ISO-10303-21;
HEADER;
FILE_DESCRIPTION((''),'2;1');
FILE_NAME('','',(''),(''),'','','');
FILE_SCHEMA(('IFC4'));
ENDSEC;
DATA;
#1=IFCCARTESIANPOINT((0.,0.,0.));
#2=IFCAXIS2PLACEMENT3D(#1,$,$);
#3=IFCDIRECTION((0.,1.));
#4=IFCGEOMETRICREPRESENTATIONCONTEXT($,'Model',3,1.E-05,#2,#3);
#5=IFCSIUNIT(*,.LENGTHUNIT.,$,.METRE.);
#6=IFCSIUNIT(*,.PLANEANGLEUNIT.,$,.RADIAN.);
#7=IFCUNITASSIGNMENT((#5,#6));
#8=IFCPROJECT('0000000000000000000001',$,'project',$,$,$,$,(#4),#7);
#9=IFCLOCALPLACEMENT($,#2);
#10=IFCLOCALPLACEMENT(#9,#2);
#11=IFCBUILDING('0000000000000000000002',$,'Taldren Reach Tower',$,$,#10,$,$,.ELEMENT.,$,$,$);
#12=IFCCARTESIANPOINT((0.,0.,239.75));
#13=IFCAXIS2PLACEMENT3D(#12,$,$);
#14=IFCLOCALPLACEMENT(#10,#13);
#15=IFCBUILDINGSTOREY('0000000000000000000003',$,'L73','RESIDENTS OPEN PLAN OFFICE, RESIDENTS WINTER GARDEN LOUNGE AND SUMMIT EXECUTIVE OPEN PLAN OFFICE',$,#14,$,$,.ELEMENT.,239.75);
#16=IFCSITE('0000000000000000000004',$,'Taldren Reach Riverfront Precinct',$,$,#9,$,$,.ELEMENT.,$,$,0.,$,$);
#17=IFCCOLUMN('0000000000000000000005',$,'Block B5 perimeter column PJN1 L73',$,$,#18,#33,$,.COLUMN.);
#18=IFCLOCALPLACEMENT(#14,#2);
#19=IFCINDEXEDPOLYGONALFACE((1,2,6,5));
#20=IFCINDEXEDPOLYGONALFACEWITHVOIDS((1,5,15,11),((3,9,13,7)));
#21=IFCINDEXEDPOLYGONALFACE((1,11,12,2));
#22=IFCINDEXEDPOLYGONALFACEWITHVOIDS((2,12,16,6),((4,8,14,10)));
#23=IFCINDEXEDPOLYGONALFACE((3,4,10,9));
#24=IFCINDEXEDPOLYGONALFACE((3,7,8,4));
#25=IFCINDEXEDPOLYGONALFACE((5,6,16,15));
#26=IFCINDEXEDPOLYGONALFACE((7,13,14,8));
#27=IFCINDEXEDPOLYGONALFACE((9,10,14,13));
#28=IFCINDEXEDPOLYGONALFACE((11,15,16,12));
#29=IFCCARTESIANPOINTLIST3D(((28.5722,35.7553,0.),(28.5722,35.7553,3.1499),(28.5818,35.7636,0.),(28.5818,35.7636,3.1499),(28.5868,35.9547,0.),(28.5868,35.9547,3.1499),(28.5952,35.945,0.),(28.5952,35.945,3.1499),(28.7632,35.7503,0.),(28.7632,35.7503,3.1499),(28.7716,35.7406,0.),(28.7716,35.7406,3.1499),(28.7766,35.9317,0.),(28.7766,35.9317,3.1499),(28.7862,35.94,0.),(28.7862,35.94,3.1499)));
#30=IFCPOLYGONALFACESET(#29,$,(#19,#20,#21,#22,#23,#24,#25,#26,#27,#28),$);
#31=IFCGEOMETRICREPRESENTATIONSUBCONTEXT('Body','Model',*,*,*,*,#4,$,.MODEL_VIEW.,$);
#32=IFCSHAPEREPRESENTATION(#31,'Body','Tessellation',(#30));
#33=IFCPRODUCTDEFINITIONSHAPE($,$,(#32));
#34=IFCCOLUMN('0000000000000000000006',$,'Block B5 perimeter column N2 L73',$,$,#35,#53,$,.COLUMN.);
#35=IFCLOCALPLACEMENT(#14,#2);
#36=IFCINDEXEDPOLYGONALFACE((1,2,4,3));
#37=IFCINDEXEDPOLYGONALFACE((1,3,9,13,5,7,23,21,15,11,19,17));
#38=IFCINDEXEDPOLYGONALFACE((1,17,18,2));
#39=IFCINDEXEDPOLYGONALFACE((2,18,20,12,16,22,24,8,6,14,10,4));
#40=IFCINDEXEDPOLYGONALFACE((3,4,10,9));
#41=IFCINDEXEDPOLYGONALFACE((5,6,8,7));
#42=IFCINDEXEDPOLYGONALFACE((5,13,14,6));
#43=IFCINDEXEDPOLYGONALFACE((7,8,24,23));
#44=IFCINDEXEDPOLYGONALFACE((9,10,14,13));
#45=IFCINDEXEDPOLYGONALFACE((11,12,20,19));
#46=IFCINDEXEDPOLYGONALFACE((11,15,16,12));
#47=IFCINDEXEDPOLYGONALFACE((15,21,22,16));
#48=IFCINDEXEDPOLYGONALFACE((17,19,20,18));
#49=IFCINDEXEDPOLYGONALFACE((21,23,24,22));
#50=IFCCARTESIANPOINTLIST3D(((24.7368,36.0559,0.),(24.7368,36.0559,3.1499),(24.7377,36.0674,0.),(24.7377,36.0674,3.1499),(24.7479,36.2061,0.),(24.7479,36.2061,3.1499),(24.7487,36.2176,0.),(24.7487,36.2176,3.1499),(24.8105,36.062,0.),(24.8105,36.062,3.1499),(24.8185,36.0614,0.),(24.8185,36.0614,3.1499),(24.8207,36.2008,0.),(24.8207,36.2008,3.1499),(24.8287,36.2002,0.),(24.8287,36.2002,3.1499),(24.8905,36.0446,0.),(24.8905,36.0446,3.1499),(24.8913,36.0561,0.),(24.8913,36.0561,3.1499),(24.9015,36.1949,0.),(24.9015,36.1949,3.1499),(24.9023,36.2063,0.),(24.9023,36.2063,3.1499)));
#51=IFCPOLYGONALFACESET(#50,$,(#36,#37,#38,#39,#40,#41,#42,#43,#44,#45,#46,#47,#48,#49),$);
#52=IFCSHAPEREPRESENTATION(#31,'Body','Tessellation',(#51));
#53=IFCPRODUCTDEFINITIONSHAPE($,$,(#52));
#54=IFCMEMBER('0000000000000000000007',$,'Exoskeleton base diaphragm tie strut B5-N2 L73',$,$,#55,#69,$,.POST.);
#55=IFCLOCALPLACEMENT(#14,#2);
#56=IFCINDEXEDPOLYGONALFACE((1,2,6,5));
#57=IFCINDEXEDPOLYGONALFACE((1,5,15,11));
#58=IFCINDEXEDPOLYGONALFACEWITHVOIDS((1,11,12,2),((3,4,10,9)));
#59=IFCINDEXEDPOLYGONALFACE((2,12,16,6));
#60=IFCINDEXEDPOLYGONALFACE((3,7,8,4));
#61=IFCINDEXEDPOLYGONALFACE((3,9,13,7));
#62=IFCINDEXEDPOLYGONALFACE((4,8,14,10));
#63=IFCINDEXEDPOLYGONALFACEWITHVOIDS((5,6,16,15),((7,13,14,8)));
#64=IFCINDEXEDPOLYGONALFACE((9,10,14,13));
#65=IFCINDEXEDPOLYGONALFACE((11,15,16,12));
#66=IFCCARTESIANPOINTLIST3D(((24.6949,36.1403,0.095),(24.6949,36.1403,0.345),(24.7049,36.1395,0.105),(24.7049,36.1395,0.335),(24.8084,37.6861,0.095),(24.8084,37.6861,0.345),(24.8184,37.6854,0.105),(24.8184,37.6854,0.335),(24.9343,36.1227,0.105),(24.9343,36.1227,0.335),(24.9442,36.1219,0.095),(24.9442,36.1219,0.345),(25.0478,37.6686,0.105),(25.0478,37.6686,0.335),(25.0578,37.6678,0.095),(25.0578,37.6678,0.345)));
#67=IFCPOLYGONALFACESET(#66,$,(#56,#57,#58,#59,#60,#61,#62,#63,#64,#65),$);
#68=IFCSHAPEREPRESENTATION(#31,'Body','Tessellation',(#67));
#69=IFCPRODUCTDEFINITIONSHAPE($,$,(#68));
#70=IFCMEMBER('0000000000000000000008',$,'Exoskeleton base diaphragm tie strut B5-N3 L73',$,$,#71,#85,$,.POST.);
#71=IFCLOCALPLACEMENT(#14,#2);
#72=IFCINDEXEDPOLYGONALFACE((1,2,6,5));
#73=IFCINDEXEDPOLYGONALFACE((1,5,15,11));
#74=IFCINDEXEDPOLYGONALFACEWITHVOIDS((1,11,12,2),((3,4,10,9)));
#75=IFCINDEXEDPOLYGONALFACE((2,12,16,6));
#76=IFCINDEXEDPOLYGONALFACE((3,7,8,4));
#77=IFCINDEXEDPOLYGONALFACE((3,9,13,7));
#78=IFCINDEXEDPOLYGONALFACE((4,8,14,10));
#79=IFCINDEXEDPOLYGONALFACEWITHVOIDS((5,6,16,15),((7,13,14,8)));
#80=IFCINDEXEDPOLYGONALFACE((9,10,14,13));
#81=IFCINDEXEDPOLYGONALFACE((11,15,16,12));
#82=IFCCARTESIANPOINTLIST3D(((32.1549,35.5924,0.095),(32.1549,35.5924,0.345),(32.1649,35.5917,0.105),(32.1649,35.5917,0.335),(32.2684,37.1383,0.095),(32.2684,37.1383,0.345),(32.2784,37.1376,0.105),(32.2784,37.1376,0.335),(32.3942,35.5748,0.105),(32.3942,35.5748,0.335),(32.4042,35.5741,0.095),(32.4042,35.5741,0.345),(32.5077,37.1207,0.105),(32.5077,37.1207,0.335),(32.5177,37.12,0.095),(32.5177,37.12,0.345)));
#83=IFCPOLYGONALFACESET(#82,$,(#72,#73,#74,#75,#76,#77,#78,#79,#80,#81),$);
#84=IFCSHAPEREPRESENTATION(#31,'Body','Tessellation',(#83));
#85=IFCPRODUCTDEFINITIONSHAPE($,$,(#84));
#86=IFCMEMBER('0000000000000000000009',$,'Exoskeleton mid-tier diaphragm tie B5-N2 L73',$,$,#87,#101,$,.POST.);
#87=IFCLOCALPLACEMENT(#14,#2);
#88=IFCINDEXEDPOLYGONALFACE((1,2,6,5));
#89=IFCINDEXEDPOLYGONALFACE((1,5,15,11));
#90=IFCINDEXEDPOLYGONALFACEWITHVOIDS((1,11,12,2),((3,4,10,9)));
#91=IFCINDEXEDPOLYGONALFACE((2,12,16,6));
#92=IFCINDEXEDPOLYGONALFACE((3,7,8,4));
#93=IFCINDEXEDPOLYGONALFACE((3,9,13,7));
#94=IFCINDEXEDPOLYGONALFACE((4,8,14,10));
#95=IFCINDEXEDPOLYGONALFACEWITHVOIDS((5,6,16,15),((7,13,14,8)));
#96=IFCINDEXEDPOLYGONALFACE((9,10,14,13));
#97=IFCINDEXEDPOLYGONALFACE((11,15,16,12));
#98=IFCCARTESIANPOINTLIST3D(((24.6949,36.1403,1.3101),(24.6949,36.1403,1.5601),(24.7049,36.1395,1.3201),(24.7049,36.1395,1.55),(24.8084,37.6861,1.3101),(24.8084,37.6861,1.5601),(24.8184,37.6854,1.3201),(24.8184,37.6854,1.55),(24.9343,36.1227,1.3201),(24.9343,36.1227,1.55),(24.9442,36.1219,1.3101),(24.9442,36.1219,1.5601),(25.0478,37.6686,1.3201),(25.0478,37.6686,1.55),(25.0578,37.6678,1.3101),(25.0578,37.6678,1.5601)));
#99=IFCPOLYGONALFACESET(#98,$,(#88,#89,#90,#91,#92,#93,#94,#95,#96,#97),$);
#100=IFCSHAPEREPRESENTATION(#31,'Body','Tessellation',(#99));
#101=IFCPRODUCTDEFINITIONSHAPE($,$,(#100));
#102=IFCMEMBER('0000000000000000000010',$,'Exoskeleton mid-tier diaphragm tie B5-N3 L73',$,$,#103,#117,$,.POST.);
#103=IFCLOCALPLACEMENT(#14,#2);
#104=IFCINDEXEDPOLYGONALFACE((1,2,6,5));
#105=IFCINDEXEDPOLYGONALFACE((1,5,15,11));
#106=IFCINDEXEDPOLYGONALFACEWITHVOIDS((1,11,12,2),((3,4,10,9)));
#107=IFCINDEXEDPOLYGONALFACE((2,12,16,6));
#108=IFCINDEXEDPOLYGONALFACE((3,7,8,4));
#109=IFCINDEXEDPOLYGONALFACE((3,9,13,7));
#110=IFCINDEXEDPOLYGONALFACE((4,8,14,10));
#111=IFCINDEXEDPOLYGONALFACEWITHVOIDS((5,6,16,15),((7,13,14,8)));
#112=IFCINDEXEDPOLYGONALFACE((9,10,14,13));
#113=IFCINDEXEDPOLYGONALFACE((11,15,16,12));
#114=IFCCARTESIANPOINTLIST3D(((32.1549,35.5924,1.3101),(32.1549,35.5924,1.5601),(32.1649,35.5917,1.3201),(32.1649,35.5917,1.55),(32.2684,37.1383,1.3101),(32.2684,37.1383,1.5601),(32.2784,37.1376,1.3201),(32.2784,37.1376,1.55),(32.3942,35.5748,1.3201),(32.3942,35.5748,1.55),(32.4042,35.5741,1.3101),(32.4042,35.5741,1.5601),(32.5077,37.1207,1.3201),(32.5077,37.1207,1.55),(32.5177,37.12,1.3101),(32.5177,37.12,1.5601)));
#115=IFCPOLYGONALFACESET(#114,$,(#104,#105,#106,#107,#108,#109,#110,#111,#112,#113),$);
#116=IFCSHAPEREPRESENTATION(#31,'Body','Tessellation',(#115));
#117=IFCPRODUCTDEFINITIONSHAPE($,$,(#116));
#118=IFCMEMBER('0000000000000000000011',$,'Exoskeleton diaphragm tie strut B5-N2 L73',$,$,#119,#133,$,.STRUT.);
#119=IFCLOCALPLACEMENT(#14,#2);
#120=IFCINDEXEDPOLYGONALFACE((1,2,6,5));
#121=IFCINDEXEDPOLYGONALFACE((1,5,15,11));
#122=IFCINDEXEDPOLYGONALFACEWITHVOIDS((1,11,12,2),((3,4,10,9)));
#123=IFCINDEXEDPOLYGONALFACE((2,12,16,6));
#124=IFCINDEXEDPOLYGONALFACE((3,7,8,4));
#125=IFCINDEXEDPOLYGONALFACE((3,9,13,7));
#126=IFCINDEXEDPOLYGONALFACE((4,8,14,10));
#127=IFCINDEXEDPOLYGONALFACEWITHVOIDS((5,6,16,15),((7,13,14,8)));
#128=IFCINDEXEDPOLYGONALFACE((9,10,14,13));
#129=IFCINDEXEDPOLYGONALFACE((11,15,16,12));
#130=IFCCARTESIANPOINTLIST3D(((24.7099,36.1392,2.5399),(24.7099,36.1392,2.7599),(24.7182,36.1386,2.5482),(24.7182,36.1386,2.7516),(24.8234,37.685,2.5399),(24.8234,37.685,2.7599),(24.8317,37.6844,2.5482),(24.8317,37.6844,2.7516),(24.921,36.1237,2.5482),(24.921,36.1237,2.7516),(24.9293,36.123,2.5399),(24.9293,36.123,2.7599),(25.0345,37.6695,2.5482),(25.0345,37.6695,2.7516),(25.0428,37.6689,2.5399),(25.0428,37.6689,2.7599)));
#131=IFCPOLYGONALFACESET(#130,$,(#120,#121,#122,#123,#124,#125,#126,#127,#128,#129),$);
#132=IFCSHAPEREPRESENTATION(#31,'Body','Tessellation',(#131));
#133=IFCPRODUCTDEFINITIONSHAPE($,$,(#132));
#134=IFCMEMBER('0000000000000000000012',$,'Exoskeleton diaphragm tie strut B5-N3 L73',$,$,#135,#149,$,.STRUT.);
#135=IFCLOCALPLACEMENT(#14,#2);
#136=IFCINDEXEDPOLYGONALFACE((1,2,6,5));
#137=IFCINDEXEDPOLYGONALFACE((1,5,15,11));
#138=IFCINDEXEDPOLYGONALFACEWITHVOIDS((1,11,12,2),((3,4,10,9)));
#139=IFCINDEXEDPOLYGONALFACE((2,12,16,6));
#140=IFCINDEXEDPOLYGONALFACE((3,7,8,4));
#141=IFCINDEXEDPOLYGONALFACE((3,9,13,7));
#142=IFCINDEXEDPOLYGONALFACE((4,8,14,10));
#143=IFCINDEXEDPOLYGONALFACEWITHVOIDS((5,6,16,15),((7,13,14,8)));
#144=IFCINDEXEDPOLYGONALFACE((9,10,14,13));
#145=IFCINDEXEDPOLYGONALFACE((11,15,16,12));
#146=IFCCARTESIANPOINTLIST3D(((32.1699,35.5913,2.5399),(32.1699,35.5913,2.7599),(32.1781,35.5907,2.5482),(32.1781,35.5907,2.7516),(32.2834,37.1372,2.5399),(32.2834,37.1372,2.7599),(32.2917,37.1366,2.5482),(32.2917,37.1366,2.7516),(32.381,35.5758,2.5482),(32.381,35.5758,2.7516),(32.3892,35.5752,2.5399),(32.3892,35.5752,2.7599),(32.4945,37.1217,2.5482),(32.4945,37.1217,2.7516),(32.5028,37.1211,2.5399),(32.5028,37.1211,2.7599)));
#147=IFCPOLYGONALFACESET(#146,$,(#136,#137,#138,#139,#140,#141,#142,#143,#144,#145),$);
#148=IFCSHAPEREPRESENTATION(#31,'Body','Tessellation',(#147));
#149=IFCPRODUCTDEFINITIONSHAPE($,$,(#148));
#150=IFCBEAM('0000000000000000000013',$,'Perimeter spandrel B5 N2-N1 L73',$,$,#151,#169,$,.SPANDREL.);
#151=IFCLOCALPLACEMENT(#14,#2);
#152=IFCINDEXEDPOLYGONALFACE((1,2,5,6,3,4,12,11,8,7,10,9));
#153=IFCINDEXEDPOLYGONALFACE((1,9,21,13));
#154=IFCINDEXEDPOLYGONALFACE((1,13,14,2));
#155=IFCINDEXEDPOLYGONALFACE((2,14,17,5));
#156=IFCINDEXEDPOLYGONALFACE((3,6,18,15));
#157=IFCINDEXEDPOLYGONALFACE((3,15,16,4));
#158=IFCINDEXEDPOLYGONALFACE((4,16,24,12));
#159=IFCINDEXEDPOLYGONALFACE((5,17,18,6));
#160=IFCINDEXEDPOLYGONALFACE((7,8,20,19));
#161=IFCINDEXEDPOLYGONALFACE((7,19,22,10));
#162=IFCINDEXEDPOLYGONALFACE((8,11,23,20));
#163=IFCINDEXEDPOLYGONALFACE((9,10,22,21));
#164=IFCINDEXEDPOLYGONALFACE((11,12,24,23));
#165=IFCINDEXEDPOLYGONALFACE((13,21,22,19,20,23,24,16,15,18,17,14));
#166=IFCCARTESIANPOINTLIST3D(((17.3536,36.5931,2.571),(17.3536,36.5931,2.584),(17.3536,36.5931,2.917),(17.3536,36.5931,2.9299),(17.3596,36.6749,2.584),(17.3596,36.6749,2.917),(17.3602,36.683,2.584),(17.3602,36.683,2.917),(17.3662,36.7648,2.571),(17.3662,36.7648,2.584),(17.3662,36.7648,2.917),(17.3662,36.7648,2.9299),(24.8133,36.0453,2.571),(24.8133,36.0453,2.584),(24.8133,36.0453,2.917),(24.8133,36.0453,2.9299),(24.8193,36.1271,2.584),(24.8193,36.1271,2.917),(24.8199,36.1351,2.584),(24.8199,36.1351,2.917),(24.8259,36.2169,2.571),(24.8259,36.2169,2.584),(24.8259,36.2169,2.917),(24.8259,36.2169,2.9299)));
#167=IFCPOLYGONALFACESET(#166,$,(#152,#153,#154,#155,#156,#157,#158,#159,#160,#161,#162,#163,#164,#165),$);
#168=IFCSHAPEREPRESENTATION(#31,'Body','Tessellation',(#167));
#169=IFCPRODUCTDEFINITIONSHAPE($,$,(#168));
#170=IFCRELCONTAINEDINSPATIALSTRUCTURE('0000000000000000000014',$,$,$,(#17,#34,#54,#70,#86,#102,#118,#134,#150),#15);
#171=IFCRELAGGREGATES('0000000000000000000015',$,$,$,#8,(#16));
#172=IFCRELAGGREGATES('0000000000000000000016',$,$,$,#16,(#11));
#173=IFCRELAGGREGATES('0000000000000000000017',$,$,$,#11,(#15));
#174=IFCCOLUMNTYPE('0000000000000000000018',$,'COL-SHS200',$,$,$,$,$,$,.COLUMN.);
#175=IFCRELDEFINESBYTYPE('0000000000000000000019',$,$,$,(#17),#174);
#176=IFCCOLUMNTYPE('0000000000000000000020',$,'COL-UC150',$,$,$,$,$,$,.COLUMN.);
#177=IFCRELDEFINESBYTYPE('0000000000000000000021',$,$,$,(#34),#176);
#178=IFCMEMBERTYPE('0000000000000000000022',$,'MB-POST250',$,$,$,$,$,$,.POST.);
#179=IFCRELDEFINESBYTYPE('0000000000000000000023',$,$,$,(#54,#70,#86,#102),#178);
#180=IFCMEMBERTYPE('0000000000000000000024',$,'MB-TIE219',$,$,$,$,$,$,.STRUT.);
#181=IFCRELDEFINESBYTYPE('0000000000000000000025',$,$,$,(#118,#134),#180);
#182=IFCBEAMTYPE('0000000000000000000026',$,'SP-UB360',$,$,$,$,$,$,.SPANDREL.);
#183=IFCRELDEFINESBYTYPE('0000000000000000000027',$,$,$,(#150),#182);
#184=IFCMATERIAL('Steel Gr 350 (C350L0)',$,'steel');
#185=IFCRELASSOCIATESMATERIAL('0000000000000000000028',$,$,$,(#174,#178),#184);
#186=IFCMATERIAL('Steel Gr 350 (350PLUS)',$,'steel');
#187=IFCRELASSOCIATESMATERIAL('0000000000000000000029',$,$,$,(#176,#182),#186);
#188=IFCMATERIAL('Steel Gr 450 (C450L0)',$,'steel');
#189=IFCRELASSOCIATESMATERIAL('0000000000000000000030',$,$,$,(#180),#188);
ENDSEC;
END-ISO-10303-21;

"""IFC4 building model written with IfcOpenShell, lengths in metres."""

from ifc_helpers import new_model, si_unit, direction, frame, origin, origin_2d, place, context, subcontext, project, spatial, hollow_rectangle, i_section, extrude, source, transform, mapped, material, material_profile, profile_set, type_object, element, save


model = new_model("IFC4")

# Units and contexts
model_context = context("Model", 3, precision=1e-05, world=origin(), true_north=direction((0.0, 1.0)))
body_context = subcontext(model_context, "Body", "Model", "MODEL_VIEW")
ifc_project = project(units=[si_unit("LENGTHUNIT", "METRE"), si_unit("PLANEANGLEUNIT", "RADIAN")], contexts=[model_context])

# Site, building, storey
site_placement = place(None, origin())
site = spatial("IfcSite", under=ifc_project, at=site_placement, Name="Taldren Reach Riverfront Precinct", CompositionType="ELEMENT", RefElevation=0.0)
building_placement = place(site_placement, origin())
building = spatial("IfcBuilding", under=site, at=building_placement, Name="Taldren Reach Tower", CompositionType="ELEMENT")
storey_placement = place(building_placement, frame((0.0, 0.0, 239.75)))
storey = spatial("IfcBuildingStorey", under=building, at=storey_placement, Name="L73", Description="RESIDENTS OPEN PLAN OFFICE, RESIDENTS WINTER GARDEN LOUNGE AND SUMMIT EXECUTIVE OPEN PLAN OFFICE", CompositionType="ELEMENT", Elevation=239.75)

# Columns
ifc_material_1 = material(Name="Steel Gr 350 (C350L0)", Category="steel")
ifc_material_profile_1 = material_profile(ifc_material_1, hollow_rectangle(XDim=0.2, YDim=0.2, WallThickness=0.009, at=origin_2d()), Name="200x200x9.0SHS")
ifc_profile_set_1 = profile_set([ifc_material_profile_1], Name="Steel Gr 350 (C350L0)")
column_type_1 = type_object("IfcColumnType", Name="COL-SHS200", PredefinedType="COLUMN", material=ifc_profile_set_1)
shared_shape_1 = source(origin(), body_context, "Body", "SweptSolid", [
    extrude(hollow_rectangle(XDim=0.2, YDim=0.2, WallThickness=0.009, at=origin_2d()), origin(), (0.0, 0.0, 1.0), 3.1499),
])
column_1_placement = place(storey_placement, frame((28.6792, 35.8477, 0.0), z_axis=(0.0, 0.0, 1.0), x_axis=(0.997314, -0.073238, 0.0)))
element("IfcColumn", 1, at=column_1_placement, inside=storey, type_object=column_type_1, Name="Block B5 perimeter column PJN1 L73", PredefinedType="COLUMN", context=body_context, shape_type="MappedRepresentation", body=[
    mapped(shared_shape_1, transform((0.0, 0.0, 0.0), scale=1.0)),
])
ifc_material_2 = material(Name="Steel Gr 350 (350PLUS)", Category="steel")
ifc_material_profile_2 = material_profile(ifc_material_2, i_section(OverallWidth=0.1541, OverallDepth=0.1621, WebThickness=0.0081, FlangeThickness=0.0115, at=origin_2d()), Name="150UC37.2")
ifc_profile_set_2 = profile_set([ifc_material_profile_2], Name="Steel Gr 350 (350PLUS)")
column_type_2 = type_object("IfcColumnType", Name="COL-UC150", PredefinedType="COLUMN", material=ifc_profile_set_2)
shared_shape_2 = source(origin(), body_context, "Body", "SweptSolid", [
    extrude(i_section(OverallWidth=0.1541, OverallDepth=0.1621, WebThickness=0.0081, FlangeThickness=0.0115, at=origin_2d()), origin(), (0.0, 0.0, 1.0), 3.1499),
])
column_2_placement = place(storey_placement, frame((24.8196, 36.1311, 0.0), z_axis=(0.0, 0.0, 1.0), x_axis=(0.997314, -0.073238, 0.0)))
element("IfcColumn", 2, at=column_2_placement, inside=storey, type_object=column_type_2, Name="Block B5 perimeter column N2 L73", PredefinedType="COLUMN", context=body_context, shape_type="MappedRepresentation", body=[
    mapped(shared_shape_2, transform((0.0, 0.0, 0.0), scale=1.0)),
])

# Members
ifc_material_profile_3 = material_profile(ifc_material_1, hollow_rectangle(XDim=0.25, YDim=0.25, WallThickness=0.01, at=origin_2d()), Name="250x250x10.0SHS")
ifc_profile_set_3 = profile_set([ifc_material_profile_3], Name="Steel Gr 350 (C350L0)")
member_type_1 = type_object("IfcMemberType", Name="MB-POST250", PredefinedType="POST", material=ifc_profile_set_3)
shared_shape_3 = source(origin(), body_context, "Body", "SweptSolid", [
    extrude(hollow_rectangle(XDim=0.25, YDim=0.25, WallThickness=0.01, at=origin_2d()), origin(), (0.0, 0.0, 1.0), 1.55),
])
for number, where, z_axis, x_axis, name in (
    (3, (24.8196, 36.1311, 0.22), (0.073239, 0.997314, 0.0), (-0.997314, 0.073239, 0.0), "Exoskeleton base diaphragm tie strut B5-N2 L73"),
    (4, (32.2795, 35.5833, 0.22), (0.073239, 0.997314, 0.0), (-0.997314, 0.073239, 0.0), "Exoskeleton base diaphragm tie strut B5-N3 L73"),
    (5, (24.8196, 36.1311, 1.4351), (0.073239, 0.997314, 0.0), (-0.997314, 0.073239, 0.0), "Exoskeleton mid-tier diaphragm tie B5-N2 L73"),
    (6, (32.2795, 35.5833, 1.4351), (0.073239, 0.997314, 0.0), (-0.997314, 0.073239, 0.0), "Exoskeleton mid-tier diaphragm tie B5-N3 L73"),
):
    element("IfcMember", number, at=place(storey_placement, frame(where, z_axis=z_axis, x_axis=x_axis)), inside=storey, type_object=member_type_1, Name=name, PredefinedType="POST", context=body_context, shape_type="MappedRepresentation", body=[
        mapped(shared_shape_3, transform((0.0, 0.0, 0.0), scale=1.0)),
    ])
ifc_material_3 = material(Name="Steel Gr 450 (C450L0)", Category="steel")
ifc_material_profile_4 = material_profile(ifc_material_3, hollow_rectangle(XDim=0.22, YDim=0.22, WallThickness=0.0083, at=origin_2d()), Name="220x220x8.2SHS")
ifc_profile_set_4 = profile_set([ifc_material_profile_4], Name="Steel Gr 450 (C450L0)")
member_type_2 = type_object("IfcMemberType", Name="MB-TIE219", PredefinedType="STRUT", material=ifc_profile_set_4)
shared_shape_4 = source(origin(), body_context, "Body", "SweptSolid", [
    extrude(hollow_rectangle(XDim=0.22, YDim=0.22, WallThickness=0.0083, at=origin_2d()), origin(), (0.0, 0.0, 1.0), 1.55),
])
for number, where, z_axis, x_axis, name in (
    (7, (24.8196, 36.1311, 2.6499), (0.073239, 0.997314, 0.0), (-0.997314, 0.073239, 0.0), "Exoskeleton diaphragm tie strut B5-N2 L73"),
    (8, (32.2795, 35.5833, 2.6499), (0.073239, 0.997314, 0.0), (-0.997314, 0.073239, 0.0), "Exoskeleton diaphragm tie strut B5-N3 L73"),
):
    element("IfcMember", number, at=place(storey_placement, frame(where, z_axis=z_axis, x_axis=x_axis)), inside=storey, type_object=member_type_2, Name=name, PredefinedType="STRUT", context=body_context, shape_type="MappedRepresentation", body=[
        mapped(shared_shape_4, transform((0.0, 0.0, 0.0), scale=1.0)),
    ])

# Beam
ifc_material_profile_5 = material_profile(ifc_material_2, i_section(OverallWidth=0.1721, OverallDepth=0.3589, WebThickness=0.0081, FlangeThickness=0.0129, at=origin_2d()), Name="360UB56.7")
ifc_profile_set_5 = profile_set([ifc_material_profile_5], Name="Steel Gr 350 (350PLUS)")
beam_type = type_object("IfcBeamType", Name="SP-UB360", PredefinedType="SPANDREL", material=ifc_profile_set_5)
shared_shape_5 = source(origin(), body_context, "Body", "SweptSolid", [
    extrude(i_section(OverallWidth=0.1721, OverallDepth=0.3589, WebThickness=0.0081, FlangeThickness=0.0129, at=origin_2d()), origin(), (0.0, 0.0, 1.0), 7.4797),
])
beam_1_placement = place(storey_placement, frame((24.8196, 36.1311, 2.7505), z_axis=(-0.997314, 0.073244, 0.0), x_axis=(-0.073244, -0.997314, 0.0)))
element("IfcBeam", 9, at=beam_1_placement, inside=storey, type_object=beam_type, Name="Perimeter spandrel B5 N2-N1 L73", PredefinedType="SPANDREL", context=body_context, shape_type="MappedRepresentation", body=[
    mapped(shared_shape_5, transform((0.0, 0.0, 0.0), scale=1.0)),
])

save(model, "model.ifc")
